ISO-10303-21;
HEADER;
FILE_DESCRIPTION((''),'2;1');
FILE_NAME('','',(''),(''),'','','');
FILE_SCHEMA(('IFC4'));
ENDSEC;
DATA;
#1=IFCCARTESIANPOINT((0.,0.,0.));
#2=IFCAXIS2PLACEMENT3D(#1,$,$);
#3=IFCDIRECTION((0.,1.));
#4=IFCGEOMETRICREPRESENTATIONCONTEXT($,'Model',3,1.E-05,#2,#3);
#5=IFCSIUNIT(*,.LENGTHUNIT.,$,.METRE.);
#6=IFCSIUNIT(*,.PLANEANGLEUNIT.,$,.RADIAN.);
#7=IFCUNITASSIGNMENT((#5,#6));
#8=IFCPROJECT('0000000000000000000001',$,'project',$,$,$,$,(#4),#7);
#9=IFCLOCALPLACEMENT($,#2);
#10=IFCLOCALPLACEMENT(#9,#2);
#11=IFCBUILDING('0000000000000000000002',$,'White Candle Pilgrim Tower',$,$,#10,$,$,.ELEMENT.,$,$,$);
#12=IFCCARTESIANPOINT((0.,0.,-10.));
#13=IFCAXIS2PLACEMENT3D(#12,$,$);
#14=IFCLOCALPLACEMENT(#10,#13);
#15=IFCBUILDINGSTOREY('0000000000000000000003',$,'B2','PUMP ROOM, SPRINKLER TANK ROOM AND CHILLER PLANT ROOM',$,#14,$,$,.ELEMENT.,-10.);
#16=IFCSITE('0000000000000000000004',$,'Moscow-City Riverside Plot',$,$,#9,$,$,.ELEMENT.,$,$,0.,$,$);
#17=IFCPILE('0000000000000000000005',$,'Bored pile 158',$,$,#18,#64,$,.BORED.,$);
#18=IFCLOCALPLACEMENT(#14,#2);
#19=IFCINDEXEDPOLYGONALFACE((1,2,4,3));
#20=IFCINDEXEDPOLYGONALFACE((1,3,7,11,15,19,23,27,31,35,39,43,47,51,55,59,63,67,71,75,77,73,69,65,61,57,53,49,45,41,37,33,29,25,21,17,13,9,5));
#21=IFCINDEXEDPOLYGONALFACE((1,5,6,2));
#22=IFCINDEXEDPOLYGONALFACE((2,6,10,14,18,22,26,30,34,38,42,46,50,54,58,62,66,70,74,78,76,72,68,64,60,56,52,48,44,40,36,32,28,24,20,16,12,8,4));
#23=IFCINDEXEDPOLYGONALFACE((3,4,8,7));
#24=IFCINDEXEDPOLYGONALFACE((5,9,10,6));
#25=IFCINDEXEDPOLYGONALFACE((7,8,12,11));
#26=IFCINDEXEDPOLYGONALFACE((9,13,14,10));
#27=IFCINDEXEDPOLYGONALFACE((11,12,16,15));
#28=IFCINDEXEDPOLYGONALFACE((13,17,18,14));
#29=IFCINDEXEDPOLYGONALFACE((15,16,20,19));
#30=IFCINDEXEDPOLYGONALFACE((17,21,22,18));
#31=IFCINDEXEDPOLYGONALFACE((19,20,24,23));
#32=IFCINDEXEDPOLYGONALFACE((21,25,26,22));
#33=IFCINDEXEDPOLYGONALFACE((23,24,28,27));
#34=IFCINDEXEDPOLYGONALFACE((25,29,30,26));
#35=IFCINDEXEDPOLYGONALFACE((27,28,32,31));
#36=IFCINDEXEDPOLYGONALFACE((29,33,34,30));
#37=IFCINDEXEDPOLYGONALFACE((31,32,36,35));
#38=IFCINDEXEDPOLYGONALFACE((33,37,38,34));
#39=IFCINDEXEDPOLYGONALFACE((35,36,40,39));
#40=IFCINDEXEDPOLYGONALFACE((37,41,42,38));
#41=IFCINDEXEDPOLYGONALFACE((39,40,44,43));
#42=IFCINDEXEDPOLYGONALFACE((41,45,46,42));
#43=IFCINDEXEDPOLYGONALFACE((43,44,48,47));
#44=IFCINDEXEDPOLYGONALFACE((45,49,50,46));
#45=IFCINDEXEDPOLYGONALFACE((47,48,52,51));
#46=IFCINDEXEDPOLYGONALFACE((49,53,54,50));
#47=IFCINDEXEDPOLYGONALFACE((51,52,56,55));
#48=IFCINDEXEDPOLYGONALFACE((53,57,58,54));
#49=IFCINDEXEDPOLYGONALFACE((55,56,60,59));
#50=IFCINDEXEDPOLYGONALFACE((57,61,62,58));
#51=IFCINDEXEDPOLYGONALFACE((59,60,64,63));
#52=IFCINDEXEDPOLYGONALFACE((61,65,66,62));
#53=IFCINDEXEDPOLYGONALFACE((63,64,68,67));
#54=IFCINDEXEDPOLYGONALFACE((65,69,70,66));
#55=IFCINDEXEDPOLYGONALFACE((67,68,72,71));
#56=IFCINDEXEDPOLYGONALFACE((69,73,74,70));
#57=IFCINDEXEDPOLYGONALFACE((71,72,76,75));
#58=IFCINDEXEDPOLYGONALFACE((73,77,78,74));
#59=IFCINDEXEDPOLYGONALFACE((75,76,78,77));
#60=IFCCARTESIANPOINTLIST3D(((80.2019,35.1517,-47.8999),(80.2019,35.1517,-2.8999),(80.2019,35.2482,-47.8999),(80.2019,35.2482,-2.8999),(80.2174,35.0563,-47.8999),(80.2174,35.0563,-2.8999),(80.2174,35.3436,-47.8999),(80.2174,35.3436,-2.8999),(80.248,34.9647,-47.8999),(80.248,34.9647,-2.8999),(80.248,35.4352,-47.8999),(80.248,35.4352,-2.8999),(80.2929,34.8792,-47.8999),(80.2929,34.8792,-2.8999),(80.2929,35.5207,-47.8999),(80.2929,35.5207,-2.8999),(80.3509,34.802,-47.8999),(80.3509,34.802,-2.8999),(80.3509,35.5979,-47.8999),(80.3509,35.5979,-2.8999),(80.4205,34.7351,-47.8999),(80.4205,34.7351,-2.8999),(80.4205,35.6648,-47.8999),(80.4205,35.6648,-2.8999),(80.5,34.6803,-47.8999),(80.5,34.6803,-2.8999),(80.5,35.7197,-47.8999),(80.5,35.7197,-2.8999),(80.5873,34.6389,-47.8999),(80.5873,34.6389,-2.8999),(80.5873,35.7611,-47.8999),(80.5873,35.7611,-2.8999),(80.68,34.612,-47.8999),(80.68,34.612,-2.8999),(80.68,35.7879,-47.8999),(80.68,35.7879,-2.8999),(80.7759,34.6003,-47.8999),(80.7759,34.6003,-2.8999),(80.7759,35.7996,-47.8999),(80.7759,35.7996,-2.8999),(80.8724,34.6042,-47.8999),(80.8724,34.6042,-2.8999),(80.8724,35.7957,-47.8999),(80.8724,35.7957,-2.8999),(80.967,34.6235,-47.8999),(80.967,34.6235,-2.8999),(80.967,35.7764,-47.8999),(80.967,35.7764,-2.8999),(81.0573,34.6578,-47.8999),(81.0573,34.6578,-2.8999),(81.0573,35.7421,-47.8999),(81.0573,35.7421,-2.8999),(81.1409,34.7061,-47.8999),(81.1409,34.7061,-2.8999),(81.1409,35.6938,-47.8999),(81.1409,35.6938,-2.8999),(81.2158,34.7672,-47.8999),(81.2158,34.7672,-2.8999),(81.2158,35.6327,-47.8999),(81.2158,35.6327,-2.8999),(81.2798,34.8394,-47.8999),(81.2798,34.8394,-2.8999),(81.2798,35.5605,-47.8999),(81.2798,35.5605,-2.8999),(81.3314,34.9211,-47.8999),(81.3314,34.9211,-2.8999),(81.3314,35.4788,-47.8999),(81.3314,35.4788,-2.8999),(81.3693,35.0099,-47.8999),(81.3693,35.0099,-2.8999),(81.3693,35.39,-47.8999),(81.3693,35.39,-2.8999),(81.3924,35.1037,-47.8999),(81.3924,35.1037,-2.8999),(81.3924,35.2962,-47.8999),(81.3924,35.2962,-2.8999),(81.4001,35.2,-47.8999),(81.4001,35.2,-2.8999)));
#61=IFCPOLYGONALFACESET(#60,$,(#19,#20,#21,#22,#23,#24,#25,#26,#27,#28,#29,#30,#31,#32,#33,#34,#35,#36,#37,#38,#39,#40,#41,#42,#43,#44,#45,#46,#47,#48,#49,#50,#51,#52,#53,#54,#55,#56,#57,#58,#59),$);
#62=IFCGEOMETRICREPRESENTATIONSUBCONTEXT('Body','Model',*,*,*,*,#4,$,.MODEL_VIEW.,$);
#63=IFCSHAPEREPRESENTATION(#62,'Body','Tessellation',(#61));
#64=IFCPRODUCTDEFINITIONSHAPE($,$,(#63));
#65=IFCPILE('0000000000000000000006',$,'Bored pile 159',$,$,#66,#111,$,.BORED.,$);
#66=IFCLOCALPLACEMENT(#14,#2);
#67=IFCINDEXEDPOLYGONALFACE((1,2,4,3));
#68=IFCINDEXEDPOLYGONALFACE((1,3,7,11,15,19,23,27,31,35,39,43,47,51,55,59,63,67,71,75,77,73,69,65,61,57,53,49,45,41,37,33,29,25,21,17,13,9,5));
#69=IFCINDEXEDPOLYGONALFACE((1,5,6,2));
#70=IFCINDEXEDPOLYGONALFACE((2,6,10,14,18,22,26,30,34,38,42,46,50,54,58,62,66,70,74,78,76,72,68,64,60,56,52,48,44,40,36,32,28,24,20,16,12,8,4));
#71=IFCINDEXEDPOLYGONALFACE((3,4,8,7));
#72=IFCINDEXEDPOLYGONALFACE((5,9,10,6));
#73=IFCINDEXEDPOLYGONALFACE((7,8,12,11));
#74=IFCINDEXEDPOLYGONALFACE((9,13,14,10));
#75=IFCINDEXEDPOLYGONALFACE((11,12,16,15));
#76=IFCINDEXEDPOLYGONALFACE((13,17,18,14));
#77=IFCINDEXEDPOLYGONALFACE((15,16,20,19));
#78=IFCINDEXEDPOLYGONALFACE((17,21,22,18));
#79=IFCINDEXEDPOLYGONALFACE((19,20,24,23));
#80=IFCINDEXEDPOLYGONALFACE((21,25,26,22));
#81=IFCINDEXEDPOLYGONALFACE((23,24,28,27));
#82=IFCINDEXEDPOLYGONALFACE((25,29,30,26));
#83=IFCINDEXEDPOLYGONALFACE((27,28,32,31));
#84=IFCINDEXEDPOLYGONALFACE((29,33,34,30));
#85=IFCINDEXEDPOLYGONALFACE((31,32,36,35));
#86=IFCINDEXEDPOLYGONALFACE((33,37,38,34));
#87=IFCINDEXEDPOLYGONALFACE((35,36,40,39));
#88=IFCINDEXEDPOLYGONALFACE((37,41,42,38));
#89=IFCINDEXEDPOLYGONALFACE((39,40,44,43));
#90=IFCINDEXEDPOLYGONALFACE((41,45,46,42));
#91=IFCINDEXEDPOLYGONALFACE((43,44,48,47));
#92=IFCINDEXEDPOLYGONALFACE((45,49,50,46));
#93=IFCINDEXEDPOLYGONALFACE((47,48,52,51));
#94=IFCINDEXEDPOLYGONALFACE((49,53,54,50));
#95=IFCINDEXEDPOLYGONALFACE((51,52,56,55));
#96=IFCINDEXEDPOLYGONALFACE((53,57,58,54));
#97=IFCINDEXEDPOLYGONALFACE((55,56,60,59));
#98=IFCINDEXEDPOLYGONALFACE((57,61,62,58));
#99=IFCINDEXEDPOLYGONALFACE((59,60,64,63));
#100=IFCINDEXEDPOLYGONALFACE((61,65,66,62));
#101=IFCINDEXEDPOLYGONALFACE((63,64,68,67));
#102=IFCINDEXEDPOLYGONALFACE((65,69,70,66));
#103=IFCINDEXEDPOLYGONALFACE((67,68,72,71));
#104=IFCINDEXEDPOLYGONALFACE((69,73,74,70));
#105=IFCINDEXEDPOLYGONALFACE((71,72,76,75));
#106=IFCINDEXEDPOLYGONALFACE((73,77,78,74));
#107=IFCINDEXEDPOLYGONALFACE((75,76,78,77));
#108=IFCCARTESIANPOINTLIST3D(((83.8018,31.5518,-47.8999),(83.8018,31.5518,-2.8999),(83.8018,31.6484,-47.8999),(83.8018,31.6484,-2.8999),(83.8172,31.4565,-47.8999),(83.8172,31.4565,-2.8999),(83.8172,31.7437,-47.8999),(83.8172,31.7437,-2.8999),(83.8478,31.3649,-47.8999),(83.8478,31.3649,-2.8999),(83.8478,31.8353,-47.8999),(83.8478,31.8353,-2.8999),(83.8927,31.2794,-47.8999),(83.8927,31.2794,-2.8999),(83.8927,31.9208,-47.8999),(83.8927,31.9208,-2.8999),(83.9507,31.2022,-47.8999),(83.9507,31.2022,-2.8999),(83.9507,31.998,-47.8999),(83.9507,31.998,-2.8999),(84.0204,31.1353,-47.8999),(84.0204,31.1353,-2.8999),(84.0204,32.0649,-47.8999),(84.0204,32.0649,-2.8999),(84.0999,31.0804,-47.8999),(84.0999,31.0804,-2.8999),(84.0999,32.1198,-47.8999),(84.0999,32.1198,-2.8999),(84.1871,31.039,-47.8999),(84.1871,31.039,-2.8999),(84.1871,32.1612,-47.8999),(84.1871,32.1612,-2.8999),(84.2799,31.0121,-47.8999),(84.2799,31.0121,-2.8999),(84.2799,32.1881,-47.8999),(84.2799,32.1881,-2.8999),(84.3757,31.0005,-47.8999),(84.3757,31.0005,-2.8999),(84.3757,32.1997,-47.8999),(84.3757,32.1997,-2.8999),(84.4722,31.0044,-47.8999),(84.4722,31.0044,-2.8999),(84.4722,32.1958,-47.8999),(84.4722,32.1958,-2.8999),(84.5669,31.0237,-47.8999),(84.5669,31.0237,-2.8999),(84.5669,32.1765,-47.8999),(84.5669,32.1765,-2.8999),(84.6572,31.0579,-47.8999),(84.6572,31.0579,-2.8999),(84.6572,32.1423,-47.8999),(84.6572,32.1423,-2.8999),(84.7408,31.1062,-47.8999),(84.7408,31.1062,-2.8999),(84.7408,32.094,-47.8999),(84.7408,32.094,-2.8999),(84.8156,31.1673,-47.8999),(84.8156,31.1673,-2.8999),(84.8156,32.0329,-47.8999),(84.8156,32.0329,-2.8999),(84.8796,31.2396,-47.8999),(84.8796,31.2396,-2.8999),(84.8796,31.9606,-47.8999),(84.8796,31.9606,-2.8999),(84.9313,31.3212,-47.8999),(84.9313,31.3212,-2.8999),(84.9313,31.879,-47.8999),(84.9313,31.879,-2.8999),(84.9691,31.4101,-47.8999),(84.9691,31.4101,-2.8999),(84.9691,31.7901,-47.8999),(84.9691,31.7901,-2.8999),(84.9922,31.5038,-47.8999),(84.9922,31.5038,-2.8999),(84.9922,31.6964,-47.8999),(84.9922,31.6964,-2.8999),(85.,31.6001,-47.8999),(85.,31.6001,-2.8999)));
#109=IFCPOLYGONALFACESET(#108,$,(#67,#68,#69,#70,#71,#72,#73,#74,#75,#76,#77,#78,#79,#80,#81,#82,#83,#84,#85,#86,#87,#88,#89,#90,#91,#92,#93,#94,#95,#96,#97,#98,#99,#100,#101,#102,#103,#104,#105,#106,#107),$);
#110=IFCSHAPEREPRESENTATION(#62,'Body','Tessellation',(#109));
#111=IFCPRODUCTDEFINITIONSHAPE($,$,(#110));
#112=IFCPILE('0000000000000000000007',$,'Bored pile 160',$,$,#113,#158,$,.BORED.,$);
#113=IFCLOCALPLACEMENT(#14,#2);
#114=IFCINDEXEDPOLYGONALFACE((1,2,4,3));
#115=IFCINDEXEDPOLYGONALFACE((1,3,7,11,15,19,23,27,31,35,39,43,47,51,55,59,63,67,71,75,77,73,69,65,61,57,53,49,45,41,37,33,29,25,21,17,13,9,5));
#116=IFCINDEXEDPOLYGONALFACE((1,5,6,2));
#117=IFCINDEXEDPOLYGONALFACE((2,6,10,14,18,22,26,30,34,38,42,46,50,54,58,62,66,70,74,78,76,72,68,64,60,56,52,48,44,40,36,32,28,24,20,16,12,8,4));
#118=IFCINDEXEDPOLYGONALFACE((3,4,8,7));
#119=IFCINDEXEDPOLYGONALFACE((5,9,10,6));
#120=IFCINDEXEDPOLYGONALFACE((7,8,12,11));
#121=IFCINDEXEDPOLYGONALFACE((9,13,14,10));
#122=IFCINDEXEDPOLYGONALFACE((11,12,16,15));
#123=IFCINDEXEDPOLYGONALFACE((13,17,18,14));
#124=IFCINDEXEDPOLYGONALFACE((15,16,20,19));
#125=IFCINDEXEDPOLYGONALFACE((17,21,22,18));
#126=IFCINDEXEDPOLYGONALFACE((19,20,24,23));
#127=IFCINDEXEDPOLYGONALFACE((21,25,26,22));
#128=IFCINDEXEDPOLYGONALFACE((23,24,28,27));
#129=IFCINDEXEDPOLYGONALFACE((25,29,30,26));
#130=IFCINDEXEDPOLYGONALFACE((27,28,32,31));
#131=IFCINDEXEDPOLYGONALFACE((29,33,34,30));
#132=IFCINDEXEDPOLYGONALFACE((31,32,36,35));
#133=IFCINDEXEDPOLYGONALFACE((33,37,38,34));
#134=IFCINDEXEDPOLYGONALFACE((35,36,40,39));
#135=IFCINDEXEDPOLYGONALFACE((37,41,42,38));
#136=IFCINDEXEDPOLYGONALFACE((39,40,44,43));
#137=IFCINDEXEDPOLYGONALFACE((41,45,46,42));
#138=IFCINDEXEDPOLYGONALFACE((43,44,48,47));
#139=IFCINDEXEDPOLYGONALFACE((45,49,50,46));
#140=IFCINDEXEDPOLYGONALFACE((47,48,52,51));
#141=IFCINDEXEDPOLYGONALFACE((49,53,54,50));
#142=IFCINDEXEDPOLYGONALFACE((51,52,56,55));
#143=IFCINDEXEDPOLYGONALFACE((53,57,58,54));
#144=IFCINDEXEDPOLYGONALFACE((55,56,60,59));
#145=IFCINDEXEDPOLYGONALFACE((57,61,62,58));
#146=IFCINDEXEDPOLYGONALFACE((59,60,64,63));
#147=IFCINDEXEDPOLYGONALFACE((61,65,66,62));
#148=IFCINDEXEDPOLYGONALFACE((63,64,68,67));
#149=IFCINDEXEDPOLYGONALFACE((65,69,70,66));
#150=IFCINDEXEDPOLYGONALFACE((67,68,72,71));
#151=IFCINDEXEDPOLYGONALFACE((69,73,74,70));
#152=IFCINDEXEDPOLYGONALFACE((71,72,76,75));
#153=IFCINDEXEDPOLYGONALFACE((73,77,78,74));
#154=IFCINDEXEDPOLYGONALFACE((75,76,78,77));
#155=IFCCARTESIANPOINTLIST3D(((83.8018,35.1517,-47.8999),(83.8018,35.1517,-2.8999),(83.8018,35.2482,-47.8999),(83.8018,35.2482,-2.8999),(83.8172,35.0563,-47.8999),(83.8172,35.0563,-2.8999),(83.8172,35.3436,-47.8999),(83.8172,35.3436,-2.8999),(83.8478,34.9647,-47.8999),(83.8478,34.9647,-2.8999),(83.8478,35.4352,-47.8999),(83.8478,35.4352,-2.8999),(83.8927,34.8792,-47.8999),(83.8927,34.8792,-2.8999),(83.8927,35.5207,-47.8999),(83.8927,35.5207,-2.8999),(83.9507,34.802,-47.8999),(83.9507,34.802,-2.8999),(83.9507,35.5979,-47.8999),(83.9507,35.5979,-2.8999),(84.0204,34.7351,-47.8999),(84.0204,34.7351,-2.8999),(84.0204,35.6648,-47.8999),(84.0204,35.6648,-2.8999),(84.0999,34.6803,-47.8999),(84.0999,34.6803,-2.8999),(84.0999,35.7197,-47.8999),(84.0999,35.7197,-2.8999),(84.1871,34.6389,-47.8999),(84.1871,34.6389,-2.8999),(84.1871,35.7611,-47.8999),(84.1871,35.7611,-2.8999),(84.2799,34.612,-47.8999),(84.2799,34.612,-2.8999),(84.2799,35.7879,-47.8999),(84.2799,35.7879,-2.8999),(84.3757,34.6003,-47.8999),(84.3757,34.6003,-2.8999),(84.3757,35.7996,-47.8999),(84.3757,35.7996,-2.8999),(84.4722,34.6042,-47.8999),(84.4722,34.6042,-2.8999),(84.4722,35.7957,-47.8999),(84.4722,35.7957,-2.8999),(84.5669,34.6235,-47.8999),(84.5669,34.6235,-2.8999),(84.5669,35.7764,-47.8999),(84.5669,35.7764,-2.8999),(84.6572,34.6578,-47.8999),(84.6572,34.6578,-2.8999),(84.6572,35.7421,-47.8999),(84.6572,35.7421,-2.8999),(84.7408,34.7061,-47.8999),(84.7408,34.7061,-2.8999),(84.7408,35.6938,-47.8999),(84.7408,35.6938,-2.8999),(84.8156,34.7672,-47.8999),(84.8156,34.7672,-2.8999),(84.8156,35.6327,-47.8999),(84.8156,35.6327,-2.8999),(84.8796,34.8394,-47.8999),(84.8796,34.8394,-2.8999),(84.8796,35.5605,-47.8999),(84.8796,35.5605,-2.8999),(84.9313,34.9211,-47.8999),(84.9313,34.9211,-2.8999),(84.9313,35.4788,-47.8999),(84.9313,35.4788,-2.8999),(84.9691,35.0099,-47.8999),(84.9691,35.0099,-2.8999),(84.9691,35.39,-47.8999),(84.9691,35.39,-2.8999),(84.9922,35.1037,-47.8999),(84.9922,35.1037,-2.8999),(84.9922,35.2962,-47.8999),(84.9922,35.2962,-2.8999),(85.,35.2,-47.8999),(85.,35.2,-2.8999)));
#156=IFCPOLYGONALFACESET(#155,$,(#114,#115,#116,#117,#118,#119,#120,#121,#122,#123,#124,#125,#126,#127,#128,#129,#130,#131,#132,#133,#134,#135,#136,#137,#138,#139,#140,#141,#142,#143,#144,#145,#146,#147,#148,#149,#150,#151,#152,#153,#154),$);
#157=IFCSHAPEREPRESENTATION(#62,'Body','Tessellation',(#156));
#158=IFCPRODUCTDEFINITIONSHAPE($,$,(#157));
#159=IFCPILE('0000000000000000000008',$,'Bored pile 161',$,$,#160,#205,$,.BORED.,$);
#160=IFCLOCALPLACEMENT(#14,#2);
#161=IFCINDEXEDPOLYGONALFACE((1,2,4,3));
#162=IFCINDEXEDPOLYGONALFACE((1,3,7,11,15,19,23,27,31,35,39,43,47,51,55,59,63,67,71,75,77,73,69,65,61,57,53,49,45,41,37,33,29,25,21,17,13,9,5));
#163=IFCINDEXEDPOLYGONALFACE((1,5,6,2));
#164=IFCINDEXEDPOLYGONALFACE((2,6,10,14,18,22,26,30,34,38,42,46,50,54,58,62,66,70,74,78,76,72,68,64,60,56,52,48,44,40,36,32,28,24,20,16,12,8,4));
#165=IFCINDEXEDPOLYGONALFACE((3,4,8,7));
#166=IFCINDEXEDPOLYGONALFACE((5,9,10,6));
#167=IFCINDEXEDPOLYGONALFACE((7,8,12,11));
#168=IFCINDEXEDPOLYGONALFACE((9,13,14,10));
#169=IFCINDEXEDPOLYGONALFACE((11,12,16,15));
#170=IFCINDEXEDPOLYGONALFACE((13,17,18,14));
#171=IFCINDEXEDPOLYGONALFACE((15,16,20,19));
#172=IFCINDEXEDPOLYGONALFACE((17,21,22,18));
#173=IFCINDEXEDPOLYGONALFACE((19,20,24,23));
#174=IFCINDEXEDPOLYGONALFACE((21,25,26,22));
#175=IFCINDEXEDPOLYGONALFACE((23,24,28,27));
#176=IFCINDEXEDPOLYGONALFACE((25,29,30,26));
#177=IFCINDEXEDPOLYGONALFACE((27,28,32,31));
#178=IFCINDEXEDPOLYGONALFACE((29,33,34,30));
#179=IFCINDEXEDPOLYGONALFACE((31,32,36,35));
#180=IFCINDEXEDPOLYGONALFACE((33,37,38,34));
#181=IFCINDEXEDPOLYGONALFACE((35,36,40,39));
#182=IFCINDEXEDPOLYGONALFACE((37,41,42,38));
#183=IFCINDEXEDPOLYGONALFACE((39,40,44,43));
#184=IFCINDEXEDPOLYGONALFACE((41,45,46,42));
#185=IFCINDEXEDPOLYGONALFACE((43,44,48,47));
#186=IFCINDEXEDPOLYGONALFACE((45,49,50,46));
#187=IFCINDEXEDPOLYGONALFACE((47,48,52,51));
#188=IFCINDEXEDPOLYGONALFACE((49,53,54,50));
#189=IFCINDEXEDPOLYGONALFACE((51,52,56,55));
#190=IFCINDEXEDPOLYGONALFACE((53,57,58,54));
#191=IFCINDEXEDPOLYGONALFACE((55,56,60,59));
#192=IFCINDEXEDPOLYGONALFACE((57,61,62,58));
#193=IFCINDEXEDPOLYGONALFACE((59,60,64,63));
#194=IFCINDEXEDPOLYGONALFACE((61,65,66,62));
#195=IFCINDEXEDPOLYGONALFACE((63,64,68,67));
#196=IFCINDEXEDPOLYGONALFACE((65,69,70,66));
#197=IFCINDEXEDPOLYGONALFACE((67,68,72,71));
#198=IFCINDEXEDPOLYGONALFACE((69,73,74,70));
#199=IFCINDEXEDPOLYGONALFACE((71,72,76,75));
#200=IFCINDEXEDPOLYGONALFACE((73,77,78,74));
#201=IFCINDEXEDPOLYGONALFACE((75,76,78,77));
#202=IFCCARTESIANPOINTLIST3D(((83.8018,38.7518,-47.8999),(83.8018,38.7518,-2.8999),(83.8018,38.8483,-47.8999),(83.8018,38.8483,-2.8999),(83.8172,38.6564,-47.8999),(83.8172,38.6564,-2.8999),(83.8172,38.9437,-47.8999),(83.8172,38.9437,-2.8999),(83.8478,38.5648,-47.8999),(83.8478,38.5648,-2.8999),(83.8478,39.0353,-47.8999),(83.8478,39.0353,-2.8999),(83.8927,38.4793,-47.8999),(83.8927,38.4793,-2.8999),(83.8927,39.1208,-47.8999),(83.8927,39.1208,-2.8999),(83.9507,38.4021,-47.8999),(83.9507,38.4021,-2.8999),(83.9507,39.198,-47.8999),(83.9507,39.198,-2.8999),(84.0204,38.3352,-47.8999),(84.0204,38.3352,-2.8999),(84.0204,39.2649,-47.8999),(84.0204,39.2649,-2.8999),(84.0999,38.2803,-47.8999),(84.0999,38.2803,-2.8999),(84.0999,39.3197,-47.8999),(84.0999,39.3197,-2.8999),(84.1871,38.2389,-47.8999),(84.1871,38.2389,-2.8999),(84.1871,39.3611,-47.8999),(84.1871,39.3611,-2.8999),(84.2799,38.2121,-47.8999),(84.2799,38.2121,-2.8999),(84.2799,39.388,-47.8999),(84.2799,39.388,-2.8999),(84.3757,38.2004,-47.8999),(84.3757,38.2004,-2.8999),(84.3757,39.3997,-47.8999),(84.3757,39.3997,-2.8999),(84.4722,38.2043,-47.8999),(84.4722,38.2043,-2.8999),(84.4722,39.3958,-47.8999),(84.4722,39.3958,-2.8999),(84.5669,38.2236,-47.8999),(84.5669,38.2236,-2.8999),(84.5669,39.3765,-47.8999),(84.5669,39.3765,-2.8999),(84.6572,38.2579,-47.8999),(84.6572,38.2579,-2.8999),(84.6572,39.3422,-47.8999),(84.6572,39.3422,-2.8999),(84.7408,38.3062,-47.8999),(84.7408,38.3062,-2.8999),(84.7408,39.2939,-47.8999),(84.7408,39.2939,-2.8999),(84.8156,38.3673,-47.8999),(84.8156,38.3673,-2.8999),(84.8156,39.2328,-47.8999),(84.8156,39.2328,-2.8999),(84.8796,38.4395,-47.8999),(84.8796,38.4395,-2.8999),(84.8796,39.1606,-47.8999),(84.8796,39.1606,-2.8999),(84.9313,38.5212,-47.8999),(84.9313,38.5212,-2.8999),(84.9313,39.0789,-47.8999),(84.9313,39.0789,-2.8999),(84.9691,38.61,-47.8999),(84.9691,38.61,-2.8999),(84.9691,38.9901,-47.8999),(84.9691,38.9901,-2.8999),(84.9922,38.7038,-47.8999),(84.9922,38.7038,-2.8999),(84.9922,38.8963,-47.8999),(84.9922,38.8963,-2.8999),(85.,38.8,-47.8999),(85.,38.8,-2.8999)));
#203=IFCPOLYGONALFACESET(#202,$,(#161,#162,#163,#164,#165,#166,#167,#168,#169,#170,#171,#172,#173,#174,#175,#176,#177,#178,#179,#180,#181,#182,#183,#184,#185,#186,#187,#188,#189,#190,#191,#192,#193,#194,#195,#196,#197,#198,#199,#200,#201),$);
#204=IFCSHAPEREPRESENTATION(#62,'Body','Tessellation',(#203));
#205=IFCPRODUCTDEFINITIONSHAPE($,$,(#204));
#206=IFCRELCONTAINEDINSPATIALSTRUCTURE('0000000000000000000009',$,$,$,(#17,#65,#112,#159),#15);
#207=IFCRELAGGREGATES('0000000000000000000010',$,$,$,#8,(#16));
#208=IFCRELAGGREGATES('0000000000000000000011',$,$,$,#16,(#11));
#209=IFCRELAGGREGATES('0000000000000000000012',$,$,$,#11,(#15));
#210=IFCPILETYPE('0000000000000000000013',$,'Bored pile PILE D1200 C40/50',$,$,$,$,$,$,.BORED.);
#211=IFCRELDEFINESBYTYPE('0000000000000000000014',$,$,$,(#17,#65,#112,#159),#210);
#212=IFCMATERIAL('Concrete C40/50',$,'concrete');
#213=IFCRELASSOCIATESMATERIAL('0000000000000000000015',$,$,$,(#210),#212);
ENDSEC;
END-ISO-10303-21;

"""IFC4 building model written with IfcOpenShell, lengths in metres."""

from ifc_helpers import new_model, si_unit, direction, frame, origin, origin_2d, place, context, subcontext, project, spatial, circle, extrude, material, material_profile, profile_set, type_object, element, save


model = new_model("IFC4")

# Units and contexts
model_context = context("Model", 3, precision=1e-05, world=origin(), true_north=direction((0.0, 1.0)))
body_context = subcontext(model_context, "Body", "Model", "MODEL_VIEW")
ifc_project = project(units=[si_unit("LENGTHUNIT", "METRE"), si_unit("PLANEANGLEUNIT", "RADIAN")], contexts=[model_context])

# Site, building, storey
site_placement = place(None, origin())
site = spatial("IfcSite", under=ifc_project, at=site_placement, Name="Moscow-City Riverside Plot", CompositionType="ELEMENT", RefElevation=0.0)
building_placement = place(site_placement, origin())
building = spatial("IfcBuilding", under=site, at=building_placement, Name="White Candle Pilgrim Tower", CompositionType="ELEMENT")
storey_placement = place(building_placement, frame((0.0, 0.0, -10.0)))
storey = spatial("IfcBuildingStorey", under=building, at=storey_placement, Name="B2", Description="PUMP ROOM, SPRINKLER TANK ROOM AND CHILLER PLANT ROOM", CompositionType="ELEMENT", Elevation=-10.0)

# Piles
ifc_material_1 = material(Name="Concrete C40/50", Category="concrete")
ifc_material_profile_1 = material_profile(ifc_material_1, circle(Radius=0.6001, at=origin_2d()), Name="PILE D1200")
ifc_profile_set_1 = profile_set([ifc_material_profile_1], Name="Concrete C40/50")
pile_type_1 = type_object("IfcPileType", Name="Bored pile PILE D1200 C40/50", PredefinedType="BORED", material=ifc_profile_set_1)
for number, where, z_axis, x_axis, name in (
    (1, (80.8, 35.2, -2.8999), (0.0, 0.0, -1.0), (1.0, 0.0, 0.0), "Bored pile 158"),
    (2, (84.3999, 31.6001, -2.8999), (0.0, 0.0, -1.0), (1.0, 0.0, 0.0), "Bored pile 159"),
    (3, (84.3999, 35.2, -2.8999), (0.0, 0.0, -1.0), (1.0, 0.0, 0.0), "Bored pile 160"),
    (4, (84.3999, 38.8, -2.8999), (0.0, 0.0, -1.0), (1.0, 0.0, 0.0), "Bored pile 161"),
):
    element("IfcPile", number, at=place(storey_placement, frame(where, z_axis=z_axis, x_axis=x_axis)), inside=storey, type_object=pile_type_1, Name=name, PredefinedType="BORED", context=body_context, shape_type="SweptSolid", body=[
        extrude(circle(Radius=0.6001, at=origin_2d()), origin(), (0.0, 0.0, 1.0), 45.0),
    ])

save(model, "model.ifc")
